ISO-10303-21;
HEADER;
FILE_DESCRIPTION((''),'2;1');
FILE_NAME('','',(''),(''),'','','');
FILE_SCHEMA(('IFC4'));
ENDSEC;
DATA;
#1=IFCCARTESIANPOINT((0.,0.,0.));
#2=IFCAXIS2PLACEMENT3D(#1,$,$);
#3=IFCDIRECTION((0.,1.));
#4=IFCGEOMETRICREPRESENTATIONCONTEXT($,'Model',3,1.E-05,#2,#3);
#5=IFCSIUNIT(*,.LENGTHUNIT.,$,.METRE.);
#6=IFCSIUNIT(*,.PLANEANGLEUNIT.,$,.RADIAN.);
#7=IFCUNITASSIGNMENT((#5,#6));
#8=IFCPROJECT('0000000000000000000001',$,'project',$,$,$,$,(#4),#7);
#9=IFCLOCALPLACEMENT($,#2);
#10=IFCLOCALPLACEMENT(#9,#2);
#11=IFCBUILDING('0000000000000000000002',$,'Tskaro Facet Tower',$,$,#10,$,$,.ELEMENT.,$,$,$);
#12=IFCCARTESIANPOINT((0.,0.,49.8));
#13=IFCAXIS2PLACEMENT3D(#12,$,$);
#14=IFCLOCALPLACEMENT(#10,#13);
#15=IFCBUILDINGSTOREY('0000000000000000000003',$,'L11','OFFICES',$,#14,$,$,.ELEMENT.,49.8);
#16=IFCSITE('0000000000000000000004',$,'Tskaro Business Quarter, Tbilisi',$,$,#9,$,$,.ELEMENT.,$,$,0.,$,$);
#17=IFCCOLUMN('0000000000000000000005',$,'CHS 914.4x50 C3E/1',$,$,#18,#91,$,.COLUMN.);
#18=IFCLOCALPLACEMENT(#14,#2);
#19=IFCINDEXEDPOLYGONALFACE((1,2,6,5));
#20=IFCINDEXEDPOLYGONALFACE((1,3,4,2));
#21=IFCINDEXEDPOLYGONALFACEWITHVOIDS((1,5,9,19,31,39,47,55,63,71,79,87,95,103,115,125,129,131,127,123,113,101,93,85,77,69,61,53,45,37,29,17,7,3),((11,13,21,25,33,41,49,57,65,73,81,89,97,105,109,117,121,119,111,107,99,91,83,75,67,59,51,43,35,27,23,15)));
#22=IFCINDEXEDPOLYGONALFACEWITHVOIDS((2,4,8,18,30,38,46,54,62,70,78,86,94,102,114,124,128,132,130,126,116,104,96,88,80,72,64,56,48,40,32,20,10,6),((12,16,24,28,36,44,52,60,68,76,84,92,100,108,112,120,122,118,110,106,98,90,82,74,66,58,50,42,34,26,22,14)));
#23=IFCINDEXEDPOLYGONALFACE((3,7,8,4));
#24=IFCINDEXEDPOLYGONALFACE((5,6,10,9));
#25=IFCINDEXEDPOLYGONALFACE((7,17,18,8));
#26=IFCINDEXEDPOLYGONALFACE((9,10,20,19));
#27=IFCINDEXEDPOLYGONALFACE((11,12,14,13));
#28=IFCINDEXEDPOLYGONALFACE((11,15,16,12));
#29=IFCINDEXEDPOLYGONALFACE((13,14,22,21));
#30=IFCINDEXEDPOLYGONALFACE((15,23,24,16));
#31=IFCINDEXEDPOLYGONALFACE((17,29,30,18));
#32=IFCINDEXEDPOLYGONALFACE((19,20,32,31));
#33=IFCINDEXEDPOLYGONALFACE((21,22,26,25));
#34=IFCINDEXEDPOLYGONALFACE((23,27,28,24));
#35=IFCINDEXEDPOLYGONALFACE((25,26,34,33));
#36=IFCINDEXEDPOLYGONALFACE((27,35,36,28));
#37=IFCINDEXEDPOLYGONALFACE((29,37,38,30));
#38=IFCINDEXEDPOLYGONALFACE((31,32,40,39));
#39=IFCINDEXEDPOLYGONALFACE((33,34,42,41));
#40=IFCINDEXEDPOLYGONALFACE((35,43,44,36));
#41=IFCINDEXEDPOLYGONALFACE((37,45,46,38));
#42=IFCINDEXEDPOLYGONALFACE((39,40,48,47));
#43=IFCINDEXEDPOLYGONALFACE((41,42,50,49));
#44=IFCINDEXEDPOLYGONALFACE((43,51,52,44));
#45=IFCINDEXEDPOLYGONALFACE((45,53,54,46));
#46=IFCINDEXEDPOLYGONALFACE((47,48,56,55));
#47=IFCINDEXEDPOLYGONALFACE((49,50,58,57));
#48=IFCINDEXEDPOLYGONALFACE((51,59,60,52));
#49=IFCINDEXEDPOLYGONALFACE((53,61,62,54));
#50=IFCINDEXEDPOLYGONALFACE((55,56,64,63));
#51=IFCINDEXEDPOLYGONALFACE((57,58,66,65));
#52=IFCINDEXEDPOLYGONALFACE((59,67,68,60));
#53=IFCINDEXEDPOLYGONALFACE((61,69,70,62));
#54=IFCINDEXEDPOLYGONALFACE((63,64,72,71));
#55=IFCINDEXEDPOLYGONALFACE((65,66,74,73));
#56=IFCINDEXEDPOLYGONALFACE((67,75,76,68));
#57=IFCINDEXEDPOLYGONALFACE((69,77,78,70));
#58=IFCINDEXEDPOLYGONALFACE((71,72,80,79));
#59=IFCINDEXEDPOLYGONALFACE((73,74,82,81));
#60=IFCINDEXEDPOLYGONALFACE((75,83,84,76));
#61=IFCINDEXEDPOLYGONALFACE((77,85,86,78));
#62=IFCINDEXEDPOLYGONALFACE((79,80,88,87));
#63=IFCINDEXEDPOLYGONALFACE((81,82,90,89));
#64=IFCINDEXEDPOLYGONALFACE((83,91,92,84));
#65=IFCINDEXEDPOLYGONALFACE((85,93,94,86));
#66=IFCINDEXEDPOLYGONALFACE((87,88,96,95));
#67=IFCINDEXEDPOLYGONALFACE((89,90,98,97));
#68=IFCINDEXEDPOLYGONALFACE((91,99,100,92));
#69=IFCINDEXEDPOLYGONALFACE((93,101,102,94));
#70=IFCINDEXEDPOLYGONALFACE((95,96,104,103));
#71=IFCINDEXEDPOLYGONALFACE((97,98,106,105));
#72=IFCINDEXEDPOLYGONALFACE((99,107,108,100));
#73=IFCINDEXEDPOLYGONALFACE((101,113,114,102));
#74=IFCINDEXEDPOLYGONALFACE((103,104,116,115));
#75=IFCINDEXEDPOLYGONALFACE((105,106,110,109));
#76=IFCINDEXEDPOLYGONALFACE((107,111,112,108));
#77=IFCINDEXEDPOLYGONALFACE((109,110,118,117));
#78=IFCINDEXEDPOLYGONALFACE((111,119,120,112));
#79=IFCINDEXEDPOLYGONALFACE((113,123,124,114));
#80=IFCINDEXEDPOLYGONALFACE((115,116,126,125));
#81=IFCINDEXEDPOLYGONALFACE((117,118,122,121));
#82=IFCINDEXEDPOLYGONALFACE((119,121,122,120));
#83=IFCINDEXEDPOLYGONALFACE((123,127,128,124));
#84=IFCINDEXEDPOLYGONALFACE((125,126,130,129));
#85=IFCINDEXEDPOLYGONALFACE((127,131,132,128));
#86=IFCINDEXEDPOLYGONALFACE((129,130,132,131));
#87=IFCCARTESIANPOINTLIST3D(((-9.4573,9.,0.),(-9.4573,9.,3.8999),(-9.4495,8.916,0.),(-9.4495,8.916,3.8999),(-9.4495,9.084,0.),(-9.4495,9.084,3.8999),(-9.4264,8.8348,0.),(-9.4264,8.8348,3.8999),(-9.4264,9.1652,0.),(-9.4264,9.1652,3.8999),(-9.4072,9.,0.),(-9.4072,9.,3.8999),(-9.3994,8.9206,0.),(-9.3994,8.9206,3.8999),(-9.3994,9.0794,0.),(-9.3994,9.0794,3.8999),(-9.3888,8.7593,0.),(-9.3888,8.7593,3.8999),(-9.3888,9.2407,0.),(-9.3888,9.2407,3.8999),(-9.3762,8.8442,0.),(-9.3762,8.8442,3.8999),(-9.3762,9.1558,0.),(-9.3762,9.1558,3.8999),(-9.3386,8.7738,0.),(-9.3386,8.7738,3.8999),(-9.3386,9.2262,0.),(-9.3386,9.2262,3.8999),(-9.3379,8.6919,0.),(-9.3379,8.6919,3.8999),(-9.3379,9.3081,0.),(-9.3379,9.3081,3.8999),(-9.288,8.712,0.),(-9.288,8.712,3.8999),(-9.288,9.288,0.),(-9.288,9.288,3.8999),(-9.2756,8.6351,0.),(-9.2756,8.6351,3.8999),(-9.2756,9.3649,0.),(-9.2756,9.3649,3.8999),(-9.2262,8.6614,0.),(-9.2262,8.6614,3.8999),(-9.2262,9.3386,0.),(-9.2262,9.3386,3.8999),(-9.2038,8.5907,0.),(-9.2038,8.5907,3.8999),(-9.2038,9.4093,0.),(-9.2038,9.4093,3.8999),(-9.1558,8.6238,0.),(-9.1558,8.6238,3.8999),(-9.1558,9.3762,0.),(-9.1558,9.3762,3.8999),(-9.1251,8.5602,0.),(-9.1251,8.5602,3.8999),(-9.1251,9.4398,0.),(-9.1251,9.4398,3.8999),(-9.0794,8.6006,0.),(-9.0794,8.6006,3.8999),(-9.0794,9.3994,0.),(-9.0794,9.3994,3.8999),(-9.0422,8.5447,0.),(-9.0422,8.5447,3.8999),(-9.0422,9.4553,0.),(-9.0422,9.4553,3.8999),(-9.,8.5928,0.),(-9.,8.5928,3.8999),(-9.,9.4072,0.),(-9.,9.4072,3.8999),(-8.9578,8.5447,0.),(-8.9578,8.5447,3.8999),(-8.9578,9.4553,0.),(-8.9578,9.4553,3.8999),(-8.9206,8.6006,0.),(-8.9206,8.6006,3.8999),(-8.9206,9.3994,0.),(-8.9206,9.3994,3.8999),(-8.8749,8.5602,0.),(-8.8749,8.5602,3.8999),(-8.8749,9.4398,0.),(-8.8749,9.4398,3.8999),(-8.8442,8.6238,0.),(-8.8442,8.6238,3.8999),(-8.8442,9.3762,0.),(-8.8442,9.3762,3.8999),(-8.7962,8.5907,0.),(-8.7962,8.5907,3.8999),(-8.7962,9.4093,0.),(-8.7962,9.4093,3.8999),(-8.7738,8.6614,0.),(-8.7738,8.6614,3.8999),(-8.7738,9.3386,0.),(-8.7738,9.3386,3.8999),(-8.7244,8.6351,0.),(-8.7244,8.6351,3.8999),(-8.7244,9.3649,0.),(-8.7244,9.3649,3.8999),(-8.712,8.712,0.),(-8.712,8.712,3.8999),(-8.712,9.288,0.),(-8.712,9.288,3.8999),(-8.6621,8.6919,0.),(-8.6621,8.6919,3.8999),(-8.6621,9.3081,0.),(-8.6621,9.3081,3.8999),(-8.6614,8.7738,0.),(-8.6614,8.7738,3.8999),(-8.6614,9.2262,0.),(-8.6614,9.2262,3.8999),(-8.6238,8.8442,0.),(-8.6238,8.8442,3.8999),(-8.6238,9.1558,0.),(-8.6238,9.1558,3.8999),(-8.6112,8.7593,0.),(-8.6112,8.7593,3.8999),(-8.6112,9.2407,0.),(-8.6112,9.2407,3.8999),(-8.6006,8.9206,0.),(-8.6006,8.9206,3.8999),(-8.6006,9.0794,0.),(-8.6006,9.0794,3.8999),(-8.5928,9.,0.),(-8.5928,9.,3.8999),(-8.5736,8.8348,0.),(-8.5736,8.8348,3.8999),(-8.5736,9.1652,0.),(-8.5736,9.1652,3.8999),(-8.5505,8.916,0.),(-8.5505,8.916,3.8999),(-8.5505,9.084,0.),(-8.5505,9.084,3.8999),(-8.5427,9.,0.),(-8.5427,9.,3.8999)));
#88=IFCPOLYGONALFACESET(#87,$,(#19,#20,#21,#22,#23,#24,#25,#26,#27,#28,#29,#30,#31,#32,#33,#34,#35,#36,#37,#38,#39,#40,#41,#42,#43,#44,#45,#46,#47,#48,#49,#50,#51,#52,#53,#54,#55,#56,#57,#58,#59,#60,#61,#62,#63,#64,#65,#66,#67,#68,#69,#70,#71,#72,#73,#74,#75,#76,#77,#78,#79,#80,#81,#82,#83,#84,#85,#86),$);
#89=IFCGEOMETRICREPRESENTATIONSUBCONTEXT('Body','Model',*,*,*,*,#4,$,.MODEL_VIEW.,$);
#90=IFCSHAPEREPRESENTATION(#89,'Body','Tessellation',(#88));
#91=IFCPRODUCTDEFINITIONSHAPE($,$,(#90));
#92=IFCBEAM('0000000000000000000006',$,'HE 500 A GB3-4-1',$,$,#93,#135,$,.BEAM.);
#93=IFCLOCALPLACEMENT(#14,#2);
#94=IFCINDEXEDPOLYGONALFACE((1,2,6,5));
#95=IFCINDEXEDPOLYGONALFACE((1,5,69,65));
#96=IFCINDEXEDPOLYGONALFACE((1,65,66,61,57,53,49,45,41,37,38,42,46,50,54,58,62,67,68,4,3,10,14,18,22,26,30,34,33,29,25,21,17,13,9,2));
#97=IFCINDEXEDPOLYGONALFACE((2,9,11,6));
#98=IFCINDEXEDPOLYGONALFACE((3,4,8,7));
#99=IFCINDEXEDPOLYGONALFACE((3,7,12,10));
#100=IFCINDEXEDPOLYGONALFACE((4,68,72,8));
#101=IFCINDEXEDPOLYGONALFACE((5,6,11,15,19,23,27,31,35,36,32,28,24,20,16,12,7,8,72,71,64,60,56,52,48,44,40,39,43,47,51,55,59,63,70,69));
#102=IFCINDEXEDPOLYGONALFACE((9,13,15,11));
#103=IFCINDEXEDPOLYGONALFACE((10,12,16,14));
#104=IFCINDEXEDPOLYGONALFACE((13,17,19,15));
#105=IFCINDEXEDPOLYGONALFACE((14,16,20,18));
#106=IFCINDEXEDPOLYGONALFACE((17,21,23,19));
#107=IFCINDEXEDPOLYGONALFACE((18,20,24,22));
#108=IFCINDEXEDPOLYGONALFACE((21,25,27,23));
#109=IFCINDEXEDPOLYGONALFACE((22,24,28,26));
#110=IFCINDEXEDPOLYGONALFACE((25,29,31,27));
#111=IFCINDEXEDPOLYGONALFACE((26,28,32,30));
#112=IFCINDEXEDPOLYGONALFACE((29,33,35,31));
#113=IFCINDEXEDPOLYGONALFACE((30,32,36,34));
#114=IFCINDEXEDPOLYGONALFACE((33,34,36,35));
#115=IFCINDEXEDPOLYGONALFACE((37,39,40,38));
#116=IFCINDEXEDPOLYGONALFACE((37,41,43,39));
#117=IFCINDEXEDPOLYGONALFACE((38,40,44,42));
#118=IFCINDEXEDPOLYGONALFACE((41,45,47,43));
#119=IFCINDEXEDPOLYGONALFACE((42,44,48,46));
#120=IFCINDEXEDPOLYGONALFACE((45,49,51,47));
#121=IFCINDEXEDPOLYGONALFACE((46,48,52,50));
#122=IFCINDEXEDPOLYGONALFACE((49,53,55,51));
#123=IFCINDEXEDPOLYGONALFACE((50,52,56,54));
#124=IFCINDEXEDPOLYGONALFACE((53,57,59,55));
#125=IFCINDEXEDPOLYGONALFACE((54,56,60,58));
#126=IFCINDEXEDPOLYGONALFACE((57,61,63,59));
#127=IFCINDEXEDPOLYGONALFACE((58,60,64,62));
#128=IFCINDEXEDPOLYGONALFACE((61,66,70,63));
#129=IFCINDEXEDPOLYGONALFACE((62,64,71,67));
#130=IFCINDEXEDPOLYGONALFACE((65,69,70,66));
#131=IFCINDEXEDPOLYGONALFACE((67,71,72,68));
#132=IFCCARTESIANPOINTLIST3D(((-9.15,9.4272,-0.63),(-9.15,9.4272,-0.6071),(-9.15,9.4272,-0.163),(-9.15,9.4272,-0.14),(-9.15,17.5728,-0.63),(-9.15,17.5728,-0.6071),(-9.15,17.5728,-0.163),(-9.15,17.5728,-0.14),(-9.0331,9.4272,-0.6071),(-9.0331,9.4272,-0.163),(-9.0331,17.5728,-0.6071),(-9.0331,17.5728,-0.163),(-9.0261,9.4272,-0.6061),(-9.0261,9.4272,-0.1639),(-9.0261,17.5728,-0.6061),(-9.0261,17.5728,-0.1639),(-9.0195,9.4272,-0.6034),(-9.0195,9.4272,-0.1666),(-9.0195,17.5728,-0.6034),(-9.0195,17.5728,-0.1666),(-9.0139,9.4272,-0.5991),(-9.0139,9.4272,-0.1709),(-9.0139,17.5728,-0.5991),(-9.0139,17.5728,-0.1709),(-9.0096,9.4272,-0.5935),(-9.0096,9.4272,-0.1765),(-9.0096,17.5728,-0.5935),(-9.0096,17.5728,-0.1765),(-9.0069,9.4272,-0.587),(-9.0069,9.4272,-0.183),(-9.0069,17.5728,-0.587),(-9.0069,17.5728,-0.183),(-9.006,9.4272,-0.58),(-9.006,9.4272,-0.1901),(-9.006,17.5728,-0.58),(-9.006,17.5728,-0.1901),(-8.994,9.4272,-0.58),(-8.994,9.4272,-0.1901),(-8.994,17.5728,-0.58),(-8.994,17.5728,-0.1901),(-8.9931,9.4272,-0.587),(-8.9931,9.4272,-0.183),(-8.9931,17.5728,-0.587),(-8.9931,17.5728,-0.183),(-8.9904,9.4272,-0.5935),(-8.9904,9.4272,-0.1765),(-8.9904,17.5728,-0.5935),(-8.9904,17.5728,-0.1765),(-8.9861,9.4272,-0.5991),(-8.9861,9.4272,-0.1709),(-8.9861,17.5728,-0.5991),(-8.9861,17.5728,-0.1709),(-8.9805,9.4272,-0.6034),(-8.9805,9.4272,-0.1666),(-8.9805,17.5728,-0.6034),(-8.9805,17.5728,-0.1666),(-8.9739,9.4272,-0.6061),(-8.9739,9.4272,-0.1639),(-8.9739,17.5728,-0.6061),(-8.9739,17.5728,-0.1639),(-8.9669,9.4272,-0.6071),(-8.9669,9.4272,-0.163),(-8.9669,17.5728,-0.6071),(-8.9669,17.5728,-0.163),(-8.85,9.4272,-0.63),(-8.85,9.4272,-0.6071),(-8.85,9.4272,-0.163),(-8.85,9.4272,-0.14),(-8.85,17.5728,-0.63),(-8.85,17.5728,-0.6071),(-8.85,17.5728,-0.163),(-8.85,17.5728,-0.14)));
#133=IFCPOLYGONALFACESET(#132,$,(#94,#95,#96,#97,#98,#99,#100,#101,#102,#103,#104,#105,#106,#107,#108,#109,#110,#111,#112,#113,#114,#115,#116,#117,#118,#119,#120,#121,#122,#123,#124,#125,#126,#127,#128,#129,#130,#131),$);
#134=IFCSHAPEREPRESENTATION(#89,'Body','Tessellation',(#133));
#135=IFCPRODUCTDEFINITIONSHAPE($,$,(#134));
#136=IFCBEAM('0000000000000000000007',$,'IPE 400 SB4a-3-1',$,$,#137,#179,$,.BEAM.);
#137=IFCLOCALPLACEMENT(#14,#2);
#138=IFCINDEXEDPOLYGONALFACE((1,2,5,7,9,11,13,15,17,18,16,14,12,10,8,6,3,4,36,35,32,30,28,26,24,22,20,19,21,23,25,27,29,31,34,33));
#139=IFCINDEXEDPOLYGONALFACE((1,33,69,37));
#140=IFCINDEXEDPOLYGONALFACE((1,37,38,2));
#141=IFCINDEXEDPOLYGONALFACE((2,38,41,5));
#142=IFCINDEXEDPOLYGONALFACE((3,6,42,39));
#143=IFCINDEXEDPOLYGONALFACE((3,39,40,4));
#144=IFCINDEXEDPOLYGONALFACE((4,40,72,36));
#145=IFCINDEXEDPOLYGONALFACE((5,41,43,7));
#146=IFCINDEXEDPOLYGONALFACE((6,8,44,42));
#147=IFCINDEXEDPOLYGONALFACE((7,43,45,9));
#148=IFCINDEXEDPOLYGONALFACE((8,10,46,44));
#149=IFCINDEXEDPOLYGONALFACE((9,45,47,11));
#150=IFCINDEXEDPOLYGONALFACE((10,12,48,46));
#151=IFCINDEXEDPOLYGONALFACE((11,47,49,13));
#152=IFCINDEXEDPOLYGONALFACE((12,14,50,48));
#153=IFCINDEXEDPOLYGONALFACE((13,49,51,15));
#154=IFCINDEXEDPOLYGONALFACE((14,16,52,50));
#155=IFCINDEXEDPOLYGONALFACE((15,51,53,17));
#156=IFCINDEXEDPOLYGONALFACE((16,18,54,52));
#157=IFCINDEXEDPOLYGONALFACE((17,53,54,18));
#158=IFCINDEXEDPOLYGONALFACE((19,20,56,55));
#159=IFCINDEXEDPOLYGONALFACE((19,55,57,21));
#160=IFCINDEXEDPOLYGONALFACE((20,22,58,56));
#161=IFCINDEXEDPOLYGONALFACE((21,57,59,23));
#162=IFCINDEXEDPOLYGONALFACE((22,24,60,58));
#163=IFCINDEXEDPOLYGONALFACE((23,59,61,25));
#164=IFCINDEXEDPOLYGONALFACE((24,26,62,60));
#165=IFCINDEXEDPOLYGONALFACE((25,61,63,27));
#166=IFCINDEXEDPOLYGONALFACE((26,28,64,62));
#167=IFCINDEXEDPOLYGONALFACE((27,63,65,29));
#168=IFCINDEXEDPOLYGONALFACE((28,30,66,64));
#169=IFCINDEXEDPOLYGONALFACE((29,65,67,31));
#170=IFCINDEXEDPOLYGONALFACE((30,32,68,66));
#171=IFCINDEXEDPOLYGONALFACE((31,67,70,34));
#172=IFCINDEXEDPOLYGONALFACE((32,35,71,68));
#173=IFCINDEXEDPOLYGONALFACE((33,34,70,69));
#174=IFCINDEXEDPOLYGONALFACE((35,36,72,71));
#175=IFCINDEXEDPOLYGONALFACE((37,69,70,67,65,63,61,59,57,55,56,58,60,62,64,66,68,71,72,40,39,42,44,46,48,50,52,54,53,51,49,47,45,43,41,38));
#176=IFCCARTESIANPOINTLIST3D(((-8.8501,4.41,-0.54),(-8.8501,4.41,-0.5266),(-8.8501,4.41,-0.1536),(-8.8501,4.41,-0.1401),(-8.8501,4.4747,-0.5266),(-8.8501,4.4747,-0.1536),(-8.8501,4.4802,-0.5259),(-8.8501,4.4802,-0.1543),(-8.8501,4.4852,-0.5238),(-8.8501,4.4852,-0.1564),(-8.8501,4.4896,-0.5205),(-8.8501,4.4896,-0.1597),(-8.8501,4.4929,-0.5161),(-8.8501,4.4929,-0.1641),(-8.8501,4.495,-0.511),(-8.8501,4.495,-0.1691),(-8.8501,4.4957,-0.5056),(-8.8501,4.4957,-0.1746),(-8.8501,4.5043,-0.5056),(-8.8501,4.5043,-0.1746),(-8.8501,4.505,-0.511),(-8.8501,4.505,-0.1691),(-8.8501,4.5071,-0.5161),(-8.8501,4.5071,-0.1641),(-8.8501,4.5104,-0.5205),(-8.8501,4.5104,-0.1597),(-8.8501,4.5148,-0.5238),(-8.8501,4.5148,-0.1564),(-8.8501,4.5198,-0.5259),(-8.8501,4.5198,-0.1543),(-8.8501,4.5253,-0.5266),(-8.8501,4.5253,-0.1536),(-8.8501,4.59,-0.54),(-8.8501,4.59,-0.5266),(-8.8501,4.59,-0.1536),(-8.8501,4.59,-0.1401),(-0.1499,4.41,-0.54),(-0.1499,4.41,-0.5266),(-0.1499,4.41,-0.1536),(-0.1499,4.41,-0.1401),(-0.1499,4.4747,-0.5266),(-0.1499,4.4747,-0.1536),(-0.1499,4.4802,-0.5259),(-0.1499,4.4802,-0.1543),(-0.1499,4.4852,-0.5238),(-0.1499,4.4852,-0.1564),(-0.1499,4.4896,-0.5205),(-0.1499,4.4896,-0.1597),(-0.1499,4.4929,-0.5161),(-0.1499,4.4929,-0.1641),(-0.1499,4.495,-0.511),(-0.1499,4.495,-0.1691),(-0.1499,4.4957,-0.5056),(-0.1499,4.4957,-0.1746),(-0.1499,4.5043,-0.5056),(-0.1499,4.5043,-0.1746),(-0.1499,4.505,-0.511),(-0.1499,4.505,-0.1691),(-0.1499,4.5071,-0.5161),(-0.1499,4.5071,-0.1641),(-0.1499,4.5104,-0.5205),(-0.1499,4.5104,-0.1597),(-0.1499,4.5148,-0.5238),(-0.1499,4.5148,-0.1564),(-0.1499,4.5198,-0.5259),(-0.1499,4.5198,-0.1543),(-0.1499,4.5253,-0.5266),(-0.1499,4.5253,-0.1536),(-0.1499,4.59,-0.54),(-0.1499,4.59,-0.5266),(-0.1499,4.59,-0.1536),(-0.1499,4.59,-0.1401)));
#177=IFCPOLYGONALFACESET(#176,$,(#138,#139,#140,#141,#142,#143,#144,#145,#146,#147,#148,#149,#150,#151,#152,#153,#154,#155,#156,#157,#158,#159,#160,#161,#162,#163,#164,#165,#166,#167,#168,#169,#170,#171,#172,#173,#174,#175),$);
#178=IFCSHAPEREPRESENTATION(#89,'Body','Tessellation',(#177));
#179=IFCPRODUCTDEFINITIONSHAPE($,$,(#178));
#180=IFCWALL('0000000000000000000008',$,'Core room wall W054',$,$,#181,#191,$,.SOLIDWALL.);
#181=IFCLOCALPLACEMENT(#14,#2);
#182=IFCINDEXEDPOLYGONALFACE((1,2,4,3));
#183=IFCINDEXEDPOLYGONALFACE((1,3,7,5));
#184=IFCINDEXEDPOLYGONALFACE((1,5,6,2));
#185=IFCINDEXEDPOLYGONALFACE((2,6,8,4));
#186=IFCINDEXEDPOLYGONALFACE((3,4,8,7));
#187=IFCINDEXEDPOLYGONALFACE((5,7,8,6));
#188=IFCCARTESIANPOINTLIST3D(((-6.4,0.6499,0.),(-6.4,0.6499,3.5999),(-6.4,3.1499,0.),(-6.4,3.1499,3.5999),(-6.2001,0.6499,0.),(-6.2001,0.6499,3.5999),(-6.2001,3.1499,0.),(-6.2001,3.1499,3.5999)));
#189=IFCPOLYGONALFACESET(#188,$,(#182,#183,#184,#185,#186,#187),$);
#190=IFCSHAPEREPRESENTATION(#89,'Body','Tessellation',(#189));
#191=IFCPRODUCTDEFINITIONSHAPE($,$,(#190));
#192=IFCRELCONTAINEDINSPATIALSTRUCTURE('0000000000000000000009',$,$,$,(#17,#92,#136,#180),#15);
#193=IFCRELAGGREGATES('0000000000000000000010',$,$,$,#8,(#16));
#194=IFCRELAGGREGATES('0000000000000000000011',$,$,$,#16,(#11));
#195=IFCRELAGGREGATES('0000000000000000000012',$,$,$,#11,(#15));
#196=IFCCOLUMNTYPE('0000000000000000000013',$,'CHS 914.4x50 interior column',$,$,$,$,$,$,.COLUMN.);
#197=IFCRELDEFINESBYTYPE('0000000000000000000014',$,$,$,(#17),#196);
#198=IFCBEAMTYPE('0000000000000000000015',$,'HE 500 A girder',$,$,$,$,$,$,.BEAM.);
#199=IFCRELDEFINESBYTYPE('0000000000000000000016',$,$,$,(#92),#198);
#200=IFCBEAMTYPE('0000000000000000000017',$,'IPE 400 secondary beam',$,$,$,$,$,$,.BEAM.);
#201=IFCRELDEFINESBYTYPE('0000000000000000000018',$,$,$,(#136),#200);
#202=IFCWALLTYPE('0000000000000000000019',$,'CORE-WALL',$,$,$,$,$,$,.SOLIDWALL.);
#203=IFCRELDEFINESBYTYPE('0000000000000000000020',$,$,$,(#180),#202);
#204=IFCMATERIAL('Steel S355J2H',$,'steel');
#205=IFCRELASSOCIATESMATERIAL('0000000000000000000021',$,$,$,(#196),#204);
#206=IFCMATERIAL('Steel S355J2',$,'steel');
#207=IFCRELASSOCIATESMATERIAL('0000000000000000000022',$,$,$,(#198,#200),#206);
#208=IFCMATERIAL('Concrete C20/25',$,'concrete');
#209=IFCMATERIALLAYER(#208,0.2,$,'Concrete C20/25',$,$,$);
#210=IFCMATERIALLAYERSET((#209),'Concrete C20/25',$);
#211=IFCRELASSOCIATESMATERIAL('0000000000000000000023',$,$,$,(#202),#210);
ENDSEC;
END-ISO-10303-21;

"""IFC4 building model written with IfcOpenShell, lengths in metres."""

from ifc_helpers import new_model, si_unit, direction, frame, frame_2d, origin, origin_2d, place, context, subcontext, project, spatial, rectangle, hollow_circle, i_section, extrude, material, layer, layer_set, material_profile, profile_set, type_object, element, save


model = new_model("IFC4")

# Units and contexts
model_context = context("Model", 3, precision=1e-05, world=origin(), true_north=direction((0.0, 1.0)))
body_context = subcontext(model_context, "Body", "Model", "MODEL_VIEW")
ifc_project = project(units=[si_unit("LENGTHUNIT", "METRE"), si_unit("PLANEANGLEUNIT", "RADIAN")], contexts=[model_context])

# Site, building, storey
site_placement = place(None, origin())
site = spatial("IfcSite", under=ifc_project, at=site_placement, Name="Tskaro Business Quarter, Tbilisi", CompositionType="ELEMENT", RefElevation=0.0)
building_placement = place(site_placement, origin())
building = spatial("IfcBuilding", under=site, at=building_placement, Name="Tskaro Facet Tower", CompositionType="ELEMENT")
storey_placement = place(building_placement, frame((0.0, 0.0, 49.8)))
storey = spatial("IfcBuildingStorey", under=building, at=storey_placement, Name="L11", Description="OFFICES", CompositionType="ELEMENT", Elevation=49.8)

# Column
ifc_material_1 = material(Name="Steel S355J2H", Category="steel")
ifc_material_profile_1 = material_profile(ifc_material_1, hollow_circle(Radius=0.4573, WallThickness=0.05, at=origin_2d()), Name="CHS 914.4x50")
ifc_profile_set_1 = profile_set([ifc_material_profile_1], Name="Steel S355J2H")
column_type = type_object("IfcColumnType", Name="CHS 914.4x50 interior column", PredefinedType="COLUMN", material=ifc_profile_set_1)
column_placement = place(storey_placement, frame((-9.0, 9.0, 0.0), z_axis=(0.0, 0.0, 1.0), x_axis=(1.0, 0.0, 0.0)))
element("IfcColumn", 1, at=column_placement, inside=storey, type_object=column_type, Name="CHS 914.4x50 C3E/1", PredefinedType="COLUMN", context=body_context, shape_type="SweptSolid", body=[
    extrude(hollow_circle(Radius=0.4573, WallThickness=0.05, at=origin_2d()), origin(), (0.0, 0.0, 1.0), 3.8999),
])

# Beams
ifc_material_2 = material(Name="Steel S355J2", Category="steel")
ifc_material_profile_2 = material_profile(ifc_material_2, i_section(OverallWidth=0.3, OverallDepth=0.49, WebThickness=0.012, FlangeThickness=0.0229, FilletRadius=0.0271, at=origin_2d()), Name="HE 500 A")
ifc_profile_set_2 = profile_set([ifc_material_profile_2], Name="Steel S355J2")
beam_type_1 = type_object("IfcBeamType", Name="HE 500 A girder", PredefinedType="BEAM", material=ifc_profile_set_2)
beam_1_placement = place(storey_placement, frame((-9.0, 9.4272, -0.385), z_axis=(0.0, 1.0, 0.0), x_axis=(-1.0, 0.0, 0.0)))
element("IfcBeam", 2, at=beam_1_placement, inside=storey, type_object=beam_type_1, Name="HE 500 A GB3-4-1", PredefinedType="BEAM", context=body_context, shape_type="SweptSolid", body=[
    extrude(i_section(OverallWidth=0.3, OverallDepth=0.49, WebThickness=0.012, FlangeThickness=0.0229, FilletRadius=0.0271, at=origin_2d()), origin(), (0.0, 0.0, 1.0), 8.1455),
])
ifc_material_profile_3 = material_profile(ifc_material_2, i_section(OverallWidth=0.1799, OverallDepth=0.3999, WebThickness=0.0085, FlangeThickness=0.0134, FilletRadius=0.021, at=origin_2d()), Name="IPE 400")
ifc_profile_set_3 = profile_set([ifc_material_profile_3], Name="Steel S355J2")
beam_type_2 = type_object("IfcBeamType", Name="IPE 400 secondary beam", PredefinedType="BEAM", material=ifc_profile_set_3)
beam_2_placement = place(storey_placement, frame((-8.8501, 4.5, -0.3401), z_axis=(1.0, 0.0, 0.0), x_axis=(0.0, 1.0, 0.0)))
element("IfcBeam", 3, at=beam_2_placement, inside=storey, type_object=beam_type_2, Name="IPE 400 SB4a-3-1", PredefinedType="BEAM", context=body_context, shape_type="SweptSolid", body=[
    extrude(i_section(OverallWidth=0.1799, OverallDepth=0.3999, WebThickness=0.0085, FlangeThickness=0.0134, FilletRadius=0.021, at=origin_2d()), origin(), (0.0, 0.0, 1.0), 8.7002),
])

# Wall
ifc_material_3 = material(Name="Concrete C20/25", Category="concrete")
ifc_layer_1 = layer(ifc_material_3, 0.2, Name="Concrete C20/25")
ifc_layer_set_1 = layer_set([ifc_layer_1], Name="Concrete C20/25")
wall_type_1 = type_object("IfcWallType", Name="CORE-WALL", PredefinedType="SOLIDWALL", material=ifc_layer_set_1)
for number, where, z_axis, x_axis, name in (
    (4, (-6.3, 0.6499, 0.0), (0.0, 0.0, 1.0), (0.0, 1.0, 0.0), "Core room wall W054"),
):
    element("IfcWall", number, at=place(storey_placement, frame(where, z_axis=z_axis, x_axis=x_axis)), inside=storey, type_object=wall_type_1, Name=name, PredefinedType="SOLIDWALL", context=body_context, shape_type="SweptSolid", body=[
        extrude(rectangle(XDim=2.5, YDim=0.2, at=frame_2d((1.25, 0.0))), origin(), (0.0, 0.0, 1.0), 3.5999),
    ])

save(model, "model.ifc")
